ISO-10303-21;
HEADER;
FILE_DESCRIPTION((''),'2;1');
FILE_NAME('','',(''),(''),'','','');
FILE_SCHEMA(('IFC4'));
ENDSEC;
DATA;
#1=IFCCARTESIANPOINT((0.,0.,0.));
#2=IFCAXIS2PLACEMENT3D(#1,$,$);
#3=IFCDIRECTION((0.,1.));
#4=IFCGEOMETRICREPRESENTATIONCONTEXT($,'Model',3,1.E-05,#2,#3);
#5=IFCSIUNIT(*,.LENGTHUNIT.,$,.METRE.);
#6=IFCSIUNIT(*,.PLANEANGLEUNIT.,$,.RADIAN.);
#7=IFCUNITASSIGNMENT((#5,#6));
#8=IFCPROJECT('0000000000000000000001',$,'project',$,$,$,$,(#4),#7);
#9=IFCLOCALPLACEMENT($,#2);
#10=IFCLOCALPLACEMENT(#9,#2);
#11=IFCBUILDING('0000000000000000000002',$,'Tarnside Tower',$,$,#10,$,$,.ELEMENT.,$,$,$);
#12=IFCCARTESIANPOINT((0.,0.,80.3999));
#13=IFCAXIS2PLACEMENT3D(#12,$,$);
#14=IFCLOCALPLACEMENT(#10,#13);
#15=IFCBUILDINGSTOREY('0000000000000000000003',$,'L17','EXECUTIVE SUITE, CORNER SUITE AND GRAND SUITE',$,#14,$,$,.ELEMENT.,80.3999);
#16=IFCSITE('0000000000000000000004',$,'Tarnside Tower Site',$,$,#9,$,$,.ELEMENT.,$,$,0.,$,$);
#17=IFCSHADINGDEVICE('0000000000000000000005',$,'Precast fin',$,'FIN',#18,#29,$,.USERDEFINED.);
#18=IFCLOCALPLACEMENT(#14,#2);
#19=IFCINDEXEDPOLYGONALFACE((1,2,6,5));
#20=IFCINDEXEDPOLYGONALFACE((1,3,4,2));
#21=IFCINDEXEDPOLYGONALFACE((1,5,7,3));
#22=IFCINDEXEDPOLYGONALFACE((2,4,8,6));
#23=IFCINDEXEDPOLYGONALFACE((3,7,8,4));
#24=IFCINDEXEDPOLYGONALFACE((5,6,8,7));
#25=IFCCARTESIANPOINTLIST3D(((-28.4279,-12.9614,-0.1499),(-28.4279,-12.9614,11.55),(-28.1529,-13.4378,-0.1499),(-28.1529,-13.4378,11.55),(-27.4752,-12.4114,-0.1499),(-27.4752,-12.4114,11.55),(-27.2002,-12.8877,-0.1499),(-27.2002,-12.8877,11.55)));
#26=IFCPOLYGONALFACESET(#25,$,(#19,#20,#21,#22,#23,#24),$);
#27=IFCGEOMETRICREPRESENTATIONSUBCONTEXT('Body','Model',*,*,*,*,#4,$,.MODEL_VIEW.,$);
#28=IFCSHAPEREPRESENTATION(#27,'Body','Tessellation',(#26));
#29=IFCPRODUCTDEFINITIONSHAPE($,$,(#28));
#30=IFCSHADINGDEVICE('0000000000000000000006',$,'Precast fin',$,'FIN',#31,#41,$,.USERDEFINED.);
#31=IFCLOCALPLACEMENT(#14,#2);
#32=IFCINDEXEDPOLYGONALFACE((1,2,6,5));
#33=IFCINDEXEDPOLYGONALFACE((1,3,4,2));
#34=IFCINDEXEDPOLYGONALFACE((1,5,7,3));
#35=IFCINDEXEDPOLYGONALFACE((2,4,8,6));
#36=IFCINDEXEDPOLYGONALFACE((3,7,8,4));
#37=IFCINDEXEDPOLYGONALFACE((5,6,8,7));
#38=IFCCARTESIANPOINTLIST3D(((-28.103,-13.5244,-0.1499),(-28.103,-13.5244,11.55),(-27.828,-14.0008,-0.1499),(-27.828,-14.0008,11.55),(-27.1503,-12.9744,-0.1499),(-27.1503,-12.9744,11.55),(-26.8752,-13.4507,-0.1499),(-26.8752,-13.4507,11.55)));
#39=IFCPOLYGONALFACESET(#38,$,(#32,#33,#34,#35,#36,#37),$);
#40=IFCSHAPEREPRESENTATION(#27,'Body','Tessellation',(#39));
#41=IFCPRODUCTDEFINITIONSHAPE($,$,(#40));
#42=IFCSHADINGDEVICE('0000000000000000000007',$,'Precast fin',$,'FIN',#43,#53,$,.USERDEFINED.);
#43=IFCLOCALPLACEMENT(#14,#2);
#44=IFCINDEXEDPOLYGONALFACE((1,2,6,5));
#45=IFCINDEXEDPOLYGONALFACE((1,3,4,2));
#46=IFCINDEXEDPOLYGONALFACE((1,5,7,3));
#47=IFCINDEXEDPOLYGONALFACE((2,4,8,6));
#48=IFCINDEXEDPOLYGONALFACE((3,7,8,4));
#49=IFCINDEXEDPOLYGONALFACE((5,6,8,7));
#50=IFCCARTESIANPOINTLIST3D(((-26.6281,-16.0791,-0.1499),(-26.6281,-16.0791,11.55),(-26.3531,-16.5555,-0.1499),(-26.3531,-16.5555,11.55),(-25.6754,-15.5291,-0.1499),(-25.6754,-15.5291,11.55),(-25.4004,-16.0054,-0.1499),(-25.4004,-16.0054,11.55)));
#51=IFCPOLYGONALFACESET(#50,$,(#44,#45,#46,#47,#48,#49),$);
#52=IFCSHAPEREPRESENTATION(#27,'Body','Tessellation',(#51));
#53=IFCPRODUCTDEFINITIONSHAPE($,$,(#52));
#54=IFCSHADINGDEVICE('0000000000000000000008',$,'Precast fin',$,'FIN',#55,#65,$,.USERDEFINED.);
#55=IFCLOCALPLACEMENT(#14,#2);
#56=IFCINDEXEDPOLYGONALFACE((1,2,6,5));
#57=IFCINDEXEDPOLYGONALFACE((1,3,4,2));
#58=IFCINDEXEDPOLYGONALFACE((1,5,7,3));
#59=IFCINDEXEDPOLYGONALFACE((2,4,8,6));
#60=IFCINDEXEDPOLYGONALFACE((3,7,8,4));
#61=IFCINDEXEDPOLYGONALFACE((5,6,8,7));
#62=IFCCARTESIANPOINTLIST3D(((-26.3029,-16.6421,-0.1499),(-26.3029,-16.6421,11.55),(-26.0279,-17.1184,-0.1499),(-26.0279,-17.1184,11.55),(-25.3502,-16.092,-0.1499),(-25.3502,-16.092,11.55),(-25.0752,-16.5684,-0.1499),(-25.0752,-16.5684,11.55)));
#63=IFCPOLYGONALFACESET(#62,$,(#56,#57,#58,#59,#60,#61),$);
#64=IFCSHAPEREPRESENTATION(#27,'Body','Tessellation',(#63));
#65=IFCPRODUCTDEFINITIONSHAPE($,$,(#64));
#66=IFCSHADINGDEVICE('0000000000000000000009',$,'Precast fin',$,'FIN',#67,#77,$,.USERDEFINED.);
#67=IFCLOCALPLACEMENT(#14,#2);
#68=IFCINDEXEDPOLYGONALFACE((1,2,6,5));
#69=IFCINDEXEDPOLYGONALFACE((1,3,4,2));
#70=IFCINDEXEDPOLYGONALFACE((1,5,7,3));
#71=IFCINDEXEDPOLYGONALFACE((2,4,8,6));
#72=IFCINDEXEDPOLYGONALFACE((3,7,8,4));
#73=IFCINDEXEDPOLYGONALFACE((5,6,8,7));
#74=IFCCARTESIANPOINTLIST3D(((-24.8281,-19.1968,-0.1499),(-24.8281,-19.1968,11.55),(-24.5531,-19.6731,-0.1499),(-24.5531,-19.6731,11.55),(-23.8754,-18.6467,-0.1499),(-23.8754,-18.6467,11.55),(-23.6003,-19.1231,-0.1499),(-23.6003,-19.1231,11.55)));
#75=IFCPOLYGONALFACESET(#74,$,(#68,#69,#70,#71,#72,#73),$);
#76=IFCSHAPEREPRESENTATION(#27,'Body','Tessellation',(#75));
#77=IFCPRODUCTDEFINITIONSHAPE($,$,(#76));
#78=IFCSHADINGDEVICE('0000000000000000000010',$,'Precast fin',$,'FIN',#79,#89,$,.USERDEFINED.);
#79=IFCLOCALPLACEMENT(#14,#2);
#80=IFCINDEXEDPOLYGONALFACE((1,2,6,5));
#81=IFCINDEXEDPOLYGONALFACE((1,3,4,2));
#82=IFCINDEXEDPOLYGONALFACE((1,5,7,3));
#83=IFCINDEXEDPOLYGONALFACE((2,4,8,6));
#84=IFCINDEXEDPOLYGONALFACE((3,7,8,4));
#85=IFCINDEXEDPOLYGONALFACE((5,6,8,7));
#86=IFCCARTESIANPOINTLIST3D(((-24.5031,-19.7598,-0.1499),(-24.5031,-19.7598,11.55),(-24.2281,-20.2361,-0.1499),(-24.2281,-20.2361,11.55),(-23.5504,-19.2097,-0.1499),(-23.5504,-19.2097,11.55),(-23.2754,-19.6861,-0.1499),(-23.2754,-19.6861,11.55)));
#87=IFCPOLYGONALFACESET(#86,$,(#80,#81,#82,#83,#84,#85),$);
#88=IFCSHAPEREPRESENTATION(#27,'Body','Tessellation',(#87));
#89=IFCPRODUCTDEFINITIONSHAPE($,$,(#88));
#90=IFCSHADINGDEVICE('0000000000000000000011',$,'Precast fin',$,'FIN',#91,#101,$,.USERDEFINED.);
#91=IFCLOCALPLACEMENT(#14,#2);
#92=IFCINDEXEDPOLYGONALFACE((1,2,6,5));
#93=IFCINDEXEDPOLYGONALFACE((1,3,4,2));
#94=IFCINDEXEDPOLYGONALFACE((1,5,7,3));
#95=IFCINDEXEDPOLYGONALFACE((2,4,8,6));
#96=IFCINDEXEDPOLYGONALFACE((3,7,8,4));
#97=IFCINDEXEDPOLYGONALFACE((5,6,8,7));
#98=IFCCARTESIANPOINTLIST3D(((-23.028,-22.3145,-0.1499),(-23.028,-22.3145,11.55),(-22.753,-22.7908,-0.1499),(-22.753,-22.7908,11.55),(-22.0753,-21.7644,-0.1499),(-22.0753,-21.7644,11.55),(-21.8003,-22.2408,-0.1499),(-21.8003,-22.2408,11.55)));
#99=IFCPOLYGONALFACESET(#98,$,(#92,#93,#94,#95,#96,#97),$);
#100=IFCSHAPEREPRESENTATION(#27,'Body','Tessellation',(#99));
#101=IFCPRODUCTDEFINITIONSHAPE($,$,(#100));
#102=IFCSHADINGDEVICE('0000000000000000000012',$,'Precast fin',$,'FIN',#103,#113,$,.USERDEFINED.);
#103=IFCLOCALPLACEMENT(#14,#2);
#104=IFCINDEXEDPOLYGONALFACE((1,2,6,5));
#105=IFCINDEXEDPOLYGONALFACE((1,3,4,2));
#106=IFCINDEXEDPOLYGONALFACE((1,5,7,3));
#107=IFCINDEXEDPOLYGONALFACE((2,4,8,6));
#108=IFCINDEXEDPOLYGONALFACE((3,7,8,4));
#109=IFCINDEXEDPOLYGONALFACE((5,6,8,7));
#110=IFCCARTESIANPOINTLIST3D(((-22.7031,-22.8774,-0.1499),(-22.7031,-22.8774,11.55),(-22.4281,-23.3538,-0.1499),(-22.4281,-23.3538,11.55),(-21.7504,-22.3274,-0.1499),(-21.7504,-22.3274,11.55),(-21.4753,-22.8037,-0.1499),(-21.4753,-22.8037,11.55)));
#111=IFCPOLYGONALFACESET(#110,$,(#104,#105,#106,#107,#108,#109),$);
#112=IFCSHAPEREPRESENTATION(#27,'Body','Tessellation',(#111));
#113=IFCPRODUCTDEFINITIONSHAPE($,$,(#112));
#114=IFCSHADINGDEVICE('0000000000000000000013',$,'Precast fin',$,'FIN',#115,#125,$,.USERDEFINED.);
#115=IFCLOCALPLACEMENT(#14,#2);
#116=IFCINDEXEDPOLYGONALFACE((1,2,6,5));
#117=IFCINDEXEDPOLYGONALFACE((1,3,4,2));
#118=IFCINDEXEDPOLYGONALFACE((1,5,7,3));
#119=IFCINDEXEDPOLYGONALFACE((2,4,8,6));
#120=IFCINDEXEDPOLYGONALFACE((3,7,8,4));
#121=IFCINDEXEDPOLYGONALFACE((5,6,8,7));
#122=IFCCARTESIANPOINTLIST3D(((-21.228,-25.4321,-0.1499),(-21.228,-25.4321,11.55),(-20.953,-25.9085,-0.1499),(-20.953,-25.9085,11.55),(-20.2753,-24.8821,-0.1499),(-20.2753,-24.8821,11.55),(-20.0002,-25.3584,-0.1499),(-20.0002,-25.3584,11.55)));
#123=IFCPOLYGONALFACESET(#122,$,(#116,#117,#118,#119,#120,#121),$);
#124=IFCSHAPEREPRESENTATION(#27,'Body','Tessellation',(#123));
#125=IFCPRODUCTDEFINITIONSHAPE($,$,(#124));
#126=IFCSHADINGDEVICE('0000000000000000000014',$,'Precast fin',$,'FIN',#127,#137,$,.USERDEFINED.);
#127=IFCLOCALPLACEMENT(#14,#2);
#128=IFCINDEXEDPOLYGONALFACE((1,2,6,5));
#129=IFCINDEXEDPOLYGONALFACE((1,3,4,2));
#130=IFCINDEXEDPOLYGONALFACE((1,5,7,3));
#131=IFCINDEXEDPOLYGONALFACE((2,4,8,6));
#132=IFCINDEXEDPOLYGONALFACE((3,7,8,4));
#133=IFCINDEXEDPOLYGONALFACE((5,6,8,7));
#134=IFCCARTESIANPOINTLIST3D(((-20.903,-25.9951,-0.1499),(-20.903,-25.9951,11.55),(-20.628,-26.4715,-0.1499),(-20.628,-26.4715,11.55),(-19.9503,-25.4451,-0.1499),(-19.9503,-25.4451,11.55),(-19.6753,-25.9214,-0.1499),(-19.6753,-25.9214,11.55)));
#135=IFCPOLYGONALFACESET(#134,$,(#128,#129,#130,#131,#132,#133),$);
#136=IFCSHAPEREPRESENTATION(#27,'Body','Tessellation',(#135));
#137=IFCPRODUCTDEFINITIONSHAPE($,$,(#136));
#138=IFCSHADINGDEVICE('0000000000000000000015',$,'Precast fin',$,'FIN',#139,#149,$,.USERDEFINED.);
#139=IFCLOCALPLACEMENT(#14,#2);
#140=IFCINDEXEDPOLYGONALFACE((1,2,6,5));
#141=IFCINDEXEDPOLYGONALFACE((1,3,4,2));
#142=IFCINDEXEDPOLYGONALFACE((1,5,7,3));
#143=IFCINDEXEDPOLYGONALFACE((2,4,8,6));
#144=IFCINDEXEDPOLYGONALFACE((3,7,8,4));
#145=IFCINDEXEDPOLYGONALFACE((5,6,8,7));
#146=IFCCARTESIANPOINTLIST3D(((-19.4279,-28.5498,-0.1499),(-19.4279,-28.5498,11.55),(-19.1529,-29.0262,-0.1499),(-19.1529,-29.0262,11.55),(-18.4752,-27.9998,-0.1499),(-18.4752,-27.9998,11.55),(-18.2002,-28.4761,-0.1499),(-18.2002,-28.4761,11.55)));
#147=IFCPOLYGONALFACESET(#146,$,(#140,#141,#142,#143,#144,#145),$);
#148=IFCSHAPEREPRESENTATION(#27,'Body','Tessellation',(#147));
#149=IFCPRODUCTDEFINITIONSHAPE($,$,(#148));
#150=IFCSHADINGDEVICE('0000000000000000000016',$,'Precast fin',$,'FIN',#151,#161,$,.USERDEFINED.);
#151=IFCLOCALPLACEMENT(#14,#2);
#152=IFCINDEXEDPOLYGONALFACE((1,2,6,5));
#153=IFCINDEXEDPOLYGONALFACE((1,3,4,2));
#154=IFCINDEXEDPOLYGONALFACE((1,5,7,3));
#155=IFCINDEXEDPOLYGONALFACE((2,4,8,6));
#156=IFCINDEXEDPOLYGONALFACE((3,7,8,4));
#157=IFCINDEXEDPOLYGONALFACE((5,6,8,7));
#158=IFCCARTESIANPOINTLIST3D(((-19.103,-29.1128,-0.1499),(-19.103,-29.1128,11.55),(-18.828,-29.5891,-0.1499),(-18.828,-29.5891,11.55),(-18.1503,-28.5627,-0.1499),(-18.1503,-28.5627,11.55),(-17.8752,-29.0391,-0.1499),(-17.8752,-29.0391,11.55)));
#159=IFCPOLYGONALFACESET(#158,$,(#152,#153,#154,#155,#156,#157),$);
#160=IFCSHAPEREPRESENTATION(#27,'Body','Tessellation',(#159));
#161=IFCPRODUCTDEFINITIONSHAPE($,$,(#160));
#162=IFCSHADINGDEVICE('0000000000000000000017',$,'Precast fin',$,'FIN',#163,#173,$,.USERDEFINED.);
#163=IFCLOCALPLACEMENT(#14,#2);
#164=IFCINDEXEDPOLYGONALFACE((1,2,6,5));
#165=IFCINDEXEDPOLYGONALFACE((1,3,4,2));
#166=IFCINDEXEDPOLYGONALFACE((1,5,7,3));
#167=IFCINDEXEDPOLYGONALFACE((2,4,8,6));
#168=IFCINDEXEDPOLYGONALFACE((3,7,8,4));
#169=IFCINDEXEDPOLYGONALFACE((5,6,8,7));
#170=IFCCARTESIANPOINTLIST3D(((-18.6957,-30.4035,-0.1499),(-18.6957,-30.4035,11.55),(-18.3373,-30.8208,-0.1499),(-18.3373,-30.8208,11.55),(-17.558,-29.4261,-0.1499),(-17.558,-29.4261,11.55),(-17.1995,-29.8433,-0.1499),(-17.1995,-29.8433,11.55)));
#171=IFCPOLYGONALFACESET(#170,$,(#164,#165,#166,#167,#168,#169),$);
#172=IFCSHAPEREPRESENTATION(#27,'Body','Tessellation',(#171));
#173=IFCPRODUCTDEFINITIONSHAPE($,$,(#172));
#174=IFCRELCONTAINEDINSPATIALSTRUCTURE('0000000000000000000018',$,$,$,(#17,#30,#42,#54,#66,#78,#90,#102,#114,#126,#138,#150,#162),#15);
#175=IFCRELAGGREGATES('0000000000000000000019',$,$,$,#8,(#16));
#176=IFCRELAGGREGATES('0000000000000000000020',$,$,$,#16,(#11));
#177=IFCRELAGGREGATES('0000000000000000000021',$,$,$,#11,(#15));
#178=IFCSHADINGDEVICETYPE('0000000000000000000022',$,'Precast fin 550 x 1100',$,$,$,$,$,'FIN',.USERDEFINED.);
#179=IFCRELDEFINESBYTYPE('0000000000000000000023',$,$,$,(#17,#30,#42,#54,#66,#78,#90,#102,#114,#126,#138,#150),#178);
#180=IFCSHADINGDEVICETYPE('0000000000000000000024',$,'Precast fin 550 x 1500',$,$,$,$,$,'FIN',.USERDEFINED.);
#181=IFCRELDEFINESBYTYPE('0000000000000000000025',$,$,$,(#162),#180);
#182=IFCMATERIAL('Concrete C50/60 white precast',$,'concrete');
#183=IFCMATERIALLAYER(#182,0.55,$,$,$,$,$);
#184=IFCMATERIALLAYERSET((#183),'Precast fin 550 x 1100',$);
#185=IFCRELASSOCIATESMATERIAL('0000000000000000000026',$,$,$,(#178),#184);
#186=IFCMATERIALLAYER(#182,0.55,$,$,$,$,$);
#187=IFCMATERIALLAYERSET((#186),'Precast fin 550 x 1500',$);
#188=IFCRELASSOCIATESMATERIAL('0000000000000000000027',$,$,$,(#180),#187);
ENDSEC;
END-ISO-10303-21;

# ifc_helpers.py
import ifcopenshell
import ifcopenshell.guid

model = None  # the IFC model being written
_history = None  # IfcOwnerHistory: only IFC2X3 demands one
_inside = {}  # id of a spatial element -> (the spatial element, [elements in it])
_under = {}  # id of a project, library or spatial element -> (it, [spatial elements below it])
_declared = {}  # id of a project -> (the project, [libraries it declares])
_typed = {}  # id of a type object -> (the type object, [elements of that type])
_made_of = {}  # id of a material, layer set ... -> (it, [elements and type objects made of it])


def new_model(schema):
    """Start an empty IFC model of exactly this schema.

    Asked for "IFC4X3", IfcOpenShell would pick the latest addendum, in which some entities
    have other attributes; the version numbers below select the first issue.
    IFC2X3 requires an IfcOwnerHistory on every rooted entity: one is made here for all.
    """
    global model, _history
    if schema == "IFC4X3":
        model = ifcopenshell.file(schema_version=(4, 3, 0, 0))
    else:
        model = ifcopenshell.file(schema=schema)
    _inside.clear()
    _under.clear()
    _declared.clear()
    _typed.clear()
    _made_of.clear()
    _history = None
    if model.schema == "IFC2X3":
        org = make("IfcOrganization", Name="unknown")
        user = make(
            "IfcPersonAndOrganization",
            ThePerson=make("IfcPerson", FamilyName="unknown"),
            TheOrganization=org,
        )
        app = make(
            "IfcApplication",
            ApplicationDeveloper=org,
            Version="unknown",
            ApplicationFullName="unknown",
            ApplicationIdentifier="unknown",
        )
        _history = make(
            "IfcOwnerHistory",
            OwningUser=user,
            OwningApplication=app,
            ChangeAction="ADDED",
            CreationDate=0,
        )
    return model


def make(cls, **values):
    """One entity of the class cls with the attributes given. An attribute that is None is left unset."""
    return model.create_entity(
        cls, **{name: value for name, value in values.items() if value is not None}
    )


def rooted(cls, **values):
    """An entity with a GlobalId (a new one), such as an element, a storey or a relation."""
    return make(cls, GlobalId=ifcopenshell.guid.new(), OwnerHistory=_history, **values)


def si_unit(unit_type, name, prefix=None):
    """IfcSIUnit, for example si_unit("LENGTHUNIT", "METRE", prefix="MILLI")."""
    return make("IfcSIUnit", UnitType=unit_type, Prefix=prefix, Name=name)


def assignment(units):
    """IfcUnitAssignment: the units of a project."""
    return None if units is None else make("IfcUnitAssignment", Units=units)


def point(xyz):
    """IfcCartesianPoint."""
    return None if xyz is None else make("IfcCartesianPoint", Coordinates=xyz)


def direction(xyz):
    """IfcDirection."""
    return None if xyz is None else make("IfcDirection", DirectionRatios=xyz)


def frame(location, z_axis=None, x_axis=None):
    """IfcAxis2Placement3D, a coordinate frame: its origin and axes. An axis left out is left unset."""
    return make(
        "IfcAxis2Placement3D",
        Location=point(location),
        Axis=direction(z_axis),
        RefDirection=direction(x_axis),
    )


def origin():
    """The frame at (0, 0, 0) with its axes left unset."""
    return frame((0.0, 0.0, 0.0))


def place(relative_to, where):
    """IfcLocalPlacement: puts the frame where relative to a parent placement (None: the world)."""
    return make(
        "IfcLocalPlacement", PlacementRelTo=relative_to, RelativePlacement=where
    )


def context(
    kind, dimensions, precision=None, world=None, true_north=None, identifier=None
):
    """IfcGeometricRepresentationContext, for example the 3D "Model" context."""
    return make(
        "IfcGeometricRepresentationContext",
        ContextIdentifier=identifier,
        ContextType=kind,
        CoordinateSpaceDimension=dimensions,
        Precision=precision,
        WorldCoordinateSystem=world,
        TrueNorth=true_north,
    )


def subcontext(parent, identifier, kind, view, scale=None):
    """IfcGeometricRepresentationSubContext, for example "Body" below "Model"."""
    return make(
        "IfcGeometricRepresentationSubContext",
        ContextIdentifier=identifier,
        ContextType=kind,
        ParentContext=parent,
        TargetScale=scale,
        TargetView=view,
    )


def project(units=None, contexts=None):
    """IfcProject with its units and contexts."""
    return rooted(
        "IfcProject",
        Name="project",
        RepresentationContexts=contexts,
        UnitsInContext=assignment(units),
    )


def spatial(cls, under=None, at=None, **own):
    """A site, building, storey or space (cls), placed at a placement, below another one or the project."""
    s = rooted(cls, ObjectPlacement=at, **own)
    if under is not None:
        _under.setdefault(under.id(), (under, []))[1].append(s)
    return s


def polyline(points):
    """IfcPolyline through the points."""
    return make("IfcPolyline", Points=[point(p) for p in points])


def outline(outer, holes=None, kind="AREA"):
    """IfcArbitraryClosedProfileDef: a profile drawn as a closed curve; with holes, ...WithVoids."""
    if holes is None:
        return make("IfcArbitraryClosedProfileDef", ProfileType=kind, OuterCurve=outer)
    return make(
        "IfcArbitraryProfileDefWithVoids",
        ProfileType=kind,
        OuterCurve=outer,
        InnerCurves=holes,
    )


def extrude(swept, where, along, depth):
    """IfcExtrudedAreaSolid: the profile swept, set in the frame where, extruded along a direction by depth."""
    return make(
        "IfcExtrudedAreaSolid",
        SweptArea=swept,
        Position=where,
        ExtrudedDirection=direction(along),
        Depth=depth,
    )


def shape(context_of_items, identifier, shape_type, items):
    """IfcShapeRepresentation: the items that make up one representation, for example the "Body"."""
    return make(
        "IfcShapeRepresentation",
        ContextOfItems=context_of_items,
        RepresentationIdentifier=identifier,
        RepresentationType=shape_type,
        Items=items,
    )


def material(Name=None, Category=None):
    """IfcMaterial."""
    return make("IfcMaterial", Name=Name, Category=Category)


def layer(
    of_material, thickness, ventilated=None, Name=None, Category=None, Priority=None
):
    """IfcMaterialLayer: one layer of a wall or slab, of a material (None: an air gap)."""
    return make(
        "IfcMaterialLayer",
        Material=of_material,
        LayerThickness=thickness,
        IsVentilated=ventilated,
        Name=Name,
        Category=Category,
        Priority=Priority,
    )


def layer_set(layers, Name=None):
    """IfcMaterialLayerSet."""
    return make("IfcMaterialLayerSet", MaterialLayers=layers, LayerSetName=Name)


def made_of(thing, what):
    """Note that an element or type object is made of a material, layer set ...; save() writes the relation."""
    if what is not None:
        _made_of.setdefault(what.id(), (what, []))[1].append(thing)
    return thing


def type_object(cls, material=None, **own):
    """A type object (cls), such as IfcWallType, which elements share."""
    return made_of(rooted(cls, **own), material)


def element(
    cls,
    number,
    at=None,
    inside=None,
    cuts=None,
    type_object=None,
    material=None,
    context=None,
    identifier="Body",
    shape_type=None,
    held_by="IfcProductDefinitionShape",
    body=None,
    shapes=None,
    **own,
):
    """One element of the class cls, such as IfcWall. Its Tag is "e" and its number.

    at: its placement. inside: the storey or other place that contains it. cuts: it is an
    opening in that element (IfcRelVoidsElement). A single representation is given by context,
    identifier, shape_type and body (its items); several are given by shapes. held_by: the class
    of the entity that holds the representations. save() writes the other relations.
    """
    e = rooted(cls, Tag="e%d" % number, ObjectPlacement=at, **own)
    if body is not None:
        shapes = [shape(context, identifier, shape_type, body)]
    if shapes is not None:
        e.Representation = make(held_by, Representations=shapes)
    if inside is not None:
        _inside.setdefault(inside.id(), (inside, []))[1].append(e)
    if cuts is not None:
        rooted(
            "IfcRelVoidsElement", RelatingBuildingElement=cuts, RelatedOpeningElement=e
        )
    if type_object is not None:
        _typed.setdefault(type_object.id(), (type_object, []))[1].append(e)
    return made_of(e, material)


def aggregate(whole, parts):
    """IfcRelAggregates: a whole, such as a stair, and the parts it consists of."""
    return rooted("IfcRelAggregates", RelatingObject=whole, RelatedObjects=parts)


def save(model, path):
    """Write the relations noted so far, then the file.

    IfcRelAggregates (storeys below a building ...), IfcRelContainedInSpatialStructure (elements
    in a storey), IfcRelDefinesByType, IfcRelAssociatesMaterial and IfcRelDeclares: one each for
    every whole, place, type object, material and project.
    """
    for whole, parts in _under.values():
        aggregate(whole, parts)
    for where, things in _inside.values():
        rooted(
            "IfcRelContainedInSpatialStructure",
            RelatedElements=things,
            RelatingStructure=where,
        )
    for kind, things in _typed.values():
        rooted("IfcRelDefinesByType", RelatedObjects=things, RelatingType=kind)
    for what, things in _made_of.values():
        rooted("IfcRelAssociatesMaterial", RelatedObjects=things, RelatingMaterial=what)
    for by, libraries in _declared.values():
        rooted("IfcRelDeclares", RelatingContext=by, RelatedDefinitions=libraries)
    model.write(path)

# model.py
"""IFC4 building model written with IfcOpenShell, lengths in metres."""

from ifc_helpers import new_model, si_unit, direction, frame, origin, place, context, subcontext, project, spatial, polyline, outline, extrude, material, layer, layer_set, type_object, element, save


model = new_model("IFC4")

# Units and contexts
model_context = context("Model", 3, precision=1e-05, world=origin(), true_north=direction((0.0, 1.0)))
body_context = subcontext(model_context, "Body", "Model", "MODEL_VIEW")
ifc_project = project(units=[si_unit("LENGTHUNIT", "METRE"), si_unit("PLANEANGLEUNIT", "RADIAN")], contexts=[model_context])

# Site, building, storey
site_placement = place(None, origin())
site = spatial("IfcSite", under=ifc_project, at=site_placement, Name="Tarnside Tower Site", CompositionType="ELEMENT", RefElevation=0.0)
building_placement = place(site_placement, origin())
building = spatial("IfcBuilding", under=site, at=building_placement, Name="Tarnside Tower", CompositionType="ELEMENT")
storey_placement = place(building_placement, frame((0.0, 0.0, 80.3999)))
storey = spatial("IfcBuildingStorey", under=building, at=storey_placement, Name="L17", Description="EXECUTIVE SUITE, CORNER SUITE AND GRAND SUITE", CompositionType="ELEMENT", Elevation=80.3999)

# Shading devices
ifc_material_1 = material(Name="Concrete C50/60 white precast", Category="concrete")
ifc_layer_1 = layer(ifc_material_1, 0.55)
ifc_layer_set_1 = layer_set([ifc_layer_1], Name="Precast fin 550 x 1100")
shading_device_type_1 = type_object("IfcShadingDeviceType", Name="Precast fin 550 x 1100", ElementType="FIN", PredefinedType="USERDEFINED", material=ifc_layer_set_1)
for number, where, z_axis, x_axis, name in (
    (1, (-27.3376, -12.6497, -0.1499), (-0.5, 0.866025, 0.0), (-0.866025, -0.5, 0.0), "Precast fin"),
    (2, (-27.0127, -13.2126, -0.1499), (-0.5, 0.866025, 0.0), (-0.866025, -0.5, 0.0), "Precast fin"),
    (3, (-25.5378, -15.7673, -0.1499), (-0.5, 0.866025, 0.0), (-0.866025, -0.5, 0.0), "Precast fin"),
    (4, (-25.2126, -16.3303, -0.1499), (-0.5, 0.866025, 0.0), (-0.866025, -0.5, 0.0), "Precast fin"),
    (5, (-23.7378, -18.885, -0.1499), (-0.5, 0.866025, 0.0), (-0.866025, -0.5, 0.0), "Precast fin"),
    (6, (-23.4128, -19.448, -0.1499), (-0.5, 0.866025, 0.0), (-0.866025, -0.5, 0.0), "Precast fin"),
    (7, (-21.9377, -22.0027, -0.1499), (-0.5, 0.866025, 0.0), (-0.866025, -0.5, 0.0), "Precast fin"),
    (8, (-21.6128, -22.5657, -0.1499), (-0.5, 0.866025, 0.0), (-0.866025, -0.5, 0.0), "Precast fin"),
    (9, (-20.1377, -25.1204, -0.1499), (-0.5, 0.866025, 0.0), (-0.866025, -0.5, 0.0), "Precast fin"),
    (10, (-19.8127, -25.6833, -0.1499), (-0.5, 0.866025, 0.0), (-0.866025, -0.5, 0.0), "Precast fin"),
    (11, (-18.3376, -28.238, -0.1499), (-0.5, 0.866025, 0.0), (-0.866025, -0.5, 0.0), "Precast fin"),
    (12, (-18.0127, -28.801, -0.1499), (-0.5, 0.866025, 0.0), (-0.866025, -0.5, 0.0), "Precast fin"),
):
    element("IfcShadingDevice", number, at=place(storey_placement, frame(where, z_axis=z_axis, x_axis=x_axis)), inside=storey, type_object=shading_device_type_1, Name=name, ObjectType="FIN", PredefinedType="USERDEFINED", context=body_context, shape_type="SweptSolid", body=[
        extrude(outline(polyline([(0.0, 0.0), (1.1001, 0.0), (1.1001, 11.7), (0.0, 11.7), (0.0, 0.0)])), frame((0.0, 0.0, -0.2749)), (0.0, 0.0, 1.0), 0.55),
    ])
ifc_layer_2 = layer(ifc_material_1, 0.55)
ifc_layer_set_2 = layer_set([ifc_layer_2], Name="Precast fin 550 x 1500")
shading_device_type_2 = type_object("IfcShadingDeviceType", Name="Precast fin 550 x 1500", ElementType="FIN", PredefinedType="USERDEFINED", material=ifc_layer_set_2)
shading_device_placement = place(storey_placement, frame((-17.3787, -29.6348, -0.1499), z_axis=(-0.651657, 0.758514, 0.0), x_axis=(-0.758514, -0.651657, 0.0)))
element("IfcShadingDevice", 13, at=shading_device_placement, inside=storey, type_object=shading_device_type_2, Name="Precast fin", ObjectType="FIN", PredefinedType="USERDEFINED", context=body_context, shape_type="SweptSolid", body=[
    extrude(outline(polyline([(0.0, 0.0), (1.5, 0.0), (1.5, 11.7), (0.0, 11.7), (0.0, 0.0)])), frame((0.0, 0.0, -0.2749)), (0.0, 0.0, 1.0), 0.55),
])

save(model, "model.ifc")
